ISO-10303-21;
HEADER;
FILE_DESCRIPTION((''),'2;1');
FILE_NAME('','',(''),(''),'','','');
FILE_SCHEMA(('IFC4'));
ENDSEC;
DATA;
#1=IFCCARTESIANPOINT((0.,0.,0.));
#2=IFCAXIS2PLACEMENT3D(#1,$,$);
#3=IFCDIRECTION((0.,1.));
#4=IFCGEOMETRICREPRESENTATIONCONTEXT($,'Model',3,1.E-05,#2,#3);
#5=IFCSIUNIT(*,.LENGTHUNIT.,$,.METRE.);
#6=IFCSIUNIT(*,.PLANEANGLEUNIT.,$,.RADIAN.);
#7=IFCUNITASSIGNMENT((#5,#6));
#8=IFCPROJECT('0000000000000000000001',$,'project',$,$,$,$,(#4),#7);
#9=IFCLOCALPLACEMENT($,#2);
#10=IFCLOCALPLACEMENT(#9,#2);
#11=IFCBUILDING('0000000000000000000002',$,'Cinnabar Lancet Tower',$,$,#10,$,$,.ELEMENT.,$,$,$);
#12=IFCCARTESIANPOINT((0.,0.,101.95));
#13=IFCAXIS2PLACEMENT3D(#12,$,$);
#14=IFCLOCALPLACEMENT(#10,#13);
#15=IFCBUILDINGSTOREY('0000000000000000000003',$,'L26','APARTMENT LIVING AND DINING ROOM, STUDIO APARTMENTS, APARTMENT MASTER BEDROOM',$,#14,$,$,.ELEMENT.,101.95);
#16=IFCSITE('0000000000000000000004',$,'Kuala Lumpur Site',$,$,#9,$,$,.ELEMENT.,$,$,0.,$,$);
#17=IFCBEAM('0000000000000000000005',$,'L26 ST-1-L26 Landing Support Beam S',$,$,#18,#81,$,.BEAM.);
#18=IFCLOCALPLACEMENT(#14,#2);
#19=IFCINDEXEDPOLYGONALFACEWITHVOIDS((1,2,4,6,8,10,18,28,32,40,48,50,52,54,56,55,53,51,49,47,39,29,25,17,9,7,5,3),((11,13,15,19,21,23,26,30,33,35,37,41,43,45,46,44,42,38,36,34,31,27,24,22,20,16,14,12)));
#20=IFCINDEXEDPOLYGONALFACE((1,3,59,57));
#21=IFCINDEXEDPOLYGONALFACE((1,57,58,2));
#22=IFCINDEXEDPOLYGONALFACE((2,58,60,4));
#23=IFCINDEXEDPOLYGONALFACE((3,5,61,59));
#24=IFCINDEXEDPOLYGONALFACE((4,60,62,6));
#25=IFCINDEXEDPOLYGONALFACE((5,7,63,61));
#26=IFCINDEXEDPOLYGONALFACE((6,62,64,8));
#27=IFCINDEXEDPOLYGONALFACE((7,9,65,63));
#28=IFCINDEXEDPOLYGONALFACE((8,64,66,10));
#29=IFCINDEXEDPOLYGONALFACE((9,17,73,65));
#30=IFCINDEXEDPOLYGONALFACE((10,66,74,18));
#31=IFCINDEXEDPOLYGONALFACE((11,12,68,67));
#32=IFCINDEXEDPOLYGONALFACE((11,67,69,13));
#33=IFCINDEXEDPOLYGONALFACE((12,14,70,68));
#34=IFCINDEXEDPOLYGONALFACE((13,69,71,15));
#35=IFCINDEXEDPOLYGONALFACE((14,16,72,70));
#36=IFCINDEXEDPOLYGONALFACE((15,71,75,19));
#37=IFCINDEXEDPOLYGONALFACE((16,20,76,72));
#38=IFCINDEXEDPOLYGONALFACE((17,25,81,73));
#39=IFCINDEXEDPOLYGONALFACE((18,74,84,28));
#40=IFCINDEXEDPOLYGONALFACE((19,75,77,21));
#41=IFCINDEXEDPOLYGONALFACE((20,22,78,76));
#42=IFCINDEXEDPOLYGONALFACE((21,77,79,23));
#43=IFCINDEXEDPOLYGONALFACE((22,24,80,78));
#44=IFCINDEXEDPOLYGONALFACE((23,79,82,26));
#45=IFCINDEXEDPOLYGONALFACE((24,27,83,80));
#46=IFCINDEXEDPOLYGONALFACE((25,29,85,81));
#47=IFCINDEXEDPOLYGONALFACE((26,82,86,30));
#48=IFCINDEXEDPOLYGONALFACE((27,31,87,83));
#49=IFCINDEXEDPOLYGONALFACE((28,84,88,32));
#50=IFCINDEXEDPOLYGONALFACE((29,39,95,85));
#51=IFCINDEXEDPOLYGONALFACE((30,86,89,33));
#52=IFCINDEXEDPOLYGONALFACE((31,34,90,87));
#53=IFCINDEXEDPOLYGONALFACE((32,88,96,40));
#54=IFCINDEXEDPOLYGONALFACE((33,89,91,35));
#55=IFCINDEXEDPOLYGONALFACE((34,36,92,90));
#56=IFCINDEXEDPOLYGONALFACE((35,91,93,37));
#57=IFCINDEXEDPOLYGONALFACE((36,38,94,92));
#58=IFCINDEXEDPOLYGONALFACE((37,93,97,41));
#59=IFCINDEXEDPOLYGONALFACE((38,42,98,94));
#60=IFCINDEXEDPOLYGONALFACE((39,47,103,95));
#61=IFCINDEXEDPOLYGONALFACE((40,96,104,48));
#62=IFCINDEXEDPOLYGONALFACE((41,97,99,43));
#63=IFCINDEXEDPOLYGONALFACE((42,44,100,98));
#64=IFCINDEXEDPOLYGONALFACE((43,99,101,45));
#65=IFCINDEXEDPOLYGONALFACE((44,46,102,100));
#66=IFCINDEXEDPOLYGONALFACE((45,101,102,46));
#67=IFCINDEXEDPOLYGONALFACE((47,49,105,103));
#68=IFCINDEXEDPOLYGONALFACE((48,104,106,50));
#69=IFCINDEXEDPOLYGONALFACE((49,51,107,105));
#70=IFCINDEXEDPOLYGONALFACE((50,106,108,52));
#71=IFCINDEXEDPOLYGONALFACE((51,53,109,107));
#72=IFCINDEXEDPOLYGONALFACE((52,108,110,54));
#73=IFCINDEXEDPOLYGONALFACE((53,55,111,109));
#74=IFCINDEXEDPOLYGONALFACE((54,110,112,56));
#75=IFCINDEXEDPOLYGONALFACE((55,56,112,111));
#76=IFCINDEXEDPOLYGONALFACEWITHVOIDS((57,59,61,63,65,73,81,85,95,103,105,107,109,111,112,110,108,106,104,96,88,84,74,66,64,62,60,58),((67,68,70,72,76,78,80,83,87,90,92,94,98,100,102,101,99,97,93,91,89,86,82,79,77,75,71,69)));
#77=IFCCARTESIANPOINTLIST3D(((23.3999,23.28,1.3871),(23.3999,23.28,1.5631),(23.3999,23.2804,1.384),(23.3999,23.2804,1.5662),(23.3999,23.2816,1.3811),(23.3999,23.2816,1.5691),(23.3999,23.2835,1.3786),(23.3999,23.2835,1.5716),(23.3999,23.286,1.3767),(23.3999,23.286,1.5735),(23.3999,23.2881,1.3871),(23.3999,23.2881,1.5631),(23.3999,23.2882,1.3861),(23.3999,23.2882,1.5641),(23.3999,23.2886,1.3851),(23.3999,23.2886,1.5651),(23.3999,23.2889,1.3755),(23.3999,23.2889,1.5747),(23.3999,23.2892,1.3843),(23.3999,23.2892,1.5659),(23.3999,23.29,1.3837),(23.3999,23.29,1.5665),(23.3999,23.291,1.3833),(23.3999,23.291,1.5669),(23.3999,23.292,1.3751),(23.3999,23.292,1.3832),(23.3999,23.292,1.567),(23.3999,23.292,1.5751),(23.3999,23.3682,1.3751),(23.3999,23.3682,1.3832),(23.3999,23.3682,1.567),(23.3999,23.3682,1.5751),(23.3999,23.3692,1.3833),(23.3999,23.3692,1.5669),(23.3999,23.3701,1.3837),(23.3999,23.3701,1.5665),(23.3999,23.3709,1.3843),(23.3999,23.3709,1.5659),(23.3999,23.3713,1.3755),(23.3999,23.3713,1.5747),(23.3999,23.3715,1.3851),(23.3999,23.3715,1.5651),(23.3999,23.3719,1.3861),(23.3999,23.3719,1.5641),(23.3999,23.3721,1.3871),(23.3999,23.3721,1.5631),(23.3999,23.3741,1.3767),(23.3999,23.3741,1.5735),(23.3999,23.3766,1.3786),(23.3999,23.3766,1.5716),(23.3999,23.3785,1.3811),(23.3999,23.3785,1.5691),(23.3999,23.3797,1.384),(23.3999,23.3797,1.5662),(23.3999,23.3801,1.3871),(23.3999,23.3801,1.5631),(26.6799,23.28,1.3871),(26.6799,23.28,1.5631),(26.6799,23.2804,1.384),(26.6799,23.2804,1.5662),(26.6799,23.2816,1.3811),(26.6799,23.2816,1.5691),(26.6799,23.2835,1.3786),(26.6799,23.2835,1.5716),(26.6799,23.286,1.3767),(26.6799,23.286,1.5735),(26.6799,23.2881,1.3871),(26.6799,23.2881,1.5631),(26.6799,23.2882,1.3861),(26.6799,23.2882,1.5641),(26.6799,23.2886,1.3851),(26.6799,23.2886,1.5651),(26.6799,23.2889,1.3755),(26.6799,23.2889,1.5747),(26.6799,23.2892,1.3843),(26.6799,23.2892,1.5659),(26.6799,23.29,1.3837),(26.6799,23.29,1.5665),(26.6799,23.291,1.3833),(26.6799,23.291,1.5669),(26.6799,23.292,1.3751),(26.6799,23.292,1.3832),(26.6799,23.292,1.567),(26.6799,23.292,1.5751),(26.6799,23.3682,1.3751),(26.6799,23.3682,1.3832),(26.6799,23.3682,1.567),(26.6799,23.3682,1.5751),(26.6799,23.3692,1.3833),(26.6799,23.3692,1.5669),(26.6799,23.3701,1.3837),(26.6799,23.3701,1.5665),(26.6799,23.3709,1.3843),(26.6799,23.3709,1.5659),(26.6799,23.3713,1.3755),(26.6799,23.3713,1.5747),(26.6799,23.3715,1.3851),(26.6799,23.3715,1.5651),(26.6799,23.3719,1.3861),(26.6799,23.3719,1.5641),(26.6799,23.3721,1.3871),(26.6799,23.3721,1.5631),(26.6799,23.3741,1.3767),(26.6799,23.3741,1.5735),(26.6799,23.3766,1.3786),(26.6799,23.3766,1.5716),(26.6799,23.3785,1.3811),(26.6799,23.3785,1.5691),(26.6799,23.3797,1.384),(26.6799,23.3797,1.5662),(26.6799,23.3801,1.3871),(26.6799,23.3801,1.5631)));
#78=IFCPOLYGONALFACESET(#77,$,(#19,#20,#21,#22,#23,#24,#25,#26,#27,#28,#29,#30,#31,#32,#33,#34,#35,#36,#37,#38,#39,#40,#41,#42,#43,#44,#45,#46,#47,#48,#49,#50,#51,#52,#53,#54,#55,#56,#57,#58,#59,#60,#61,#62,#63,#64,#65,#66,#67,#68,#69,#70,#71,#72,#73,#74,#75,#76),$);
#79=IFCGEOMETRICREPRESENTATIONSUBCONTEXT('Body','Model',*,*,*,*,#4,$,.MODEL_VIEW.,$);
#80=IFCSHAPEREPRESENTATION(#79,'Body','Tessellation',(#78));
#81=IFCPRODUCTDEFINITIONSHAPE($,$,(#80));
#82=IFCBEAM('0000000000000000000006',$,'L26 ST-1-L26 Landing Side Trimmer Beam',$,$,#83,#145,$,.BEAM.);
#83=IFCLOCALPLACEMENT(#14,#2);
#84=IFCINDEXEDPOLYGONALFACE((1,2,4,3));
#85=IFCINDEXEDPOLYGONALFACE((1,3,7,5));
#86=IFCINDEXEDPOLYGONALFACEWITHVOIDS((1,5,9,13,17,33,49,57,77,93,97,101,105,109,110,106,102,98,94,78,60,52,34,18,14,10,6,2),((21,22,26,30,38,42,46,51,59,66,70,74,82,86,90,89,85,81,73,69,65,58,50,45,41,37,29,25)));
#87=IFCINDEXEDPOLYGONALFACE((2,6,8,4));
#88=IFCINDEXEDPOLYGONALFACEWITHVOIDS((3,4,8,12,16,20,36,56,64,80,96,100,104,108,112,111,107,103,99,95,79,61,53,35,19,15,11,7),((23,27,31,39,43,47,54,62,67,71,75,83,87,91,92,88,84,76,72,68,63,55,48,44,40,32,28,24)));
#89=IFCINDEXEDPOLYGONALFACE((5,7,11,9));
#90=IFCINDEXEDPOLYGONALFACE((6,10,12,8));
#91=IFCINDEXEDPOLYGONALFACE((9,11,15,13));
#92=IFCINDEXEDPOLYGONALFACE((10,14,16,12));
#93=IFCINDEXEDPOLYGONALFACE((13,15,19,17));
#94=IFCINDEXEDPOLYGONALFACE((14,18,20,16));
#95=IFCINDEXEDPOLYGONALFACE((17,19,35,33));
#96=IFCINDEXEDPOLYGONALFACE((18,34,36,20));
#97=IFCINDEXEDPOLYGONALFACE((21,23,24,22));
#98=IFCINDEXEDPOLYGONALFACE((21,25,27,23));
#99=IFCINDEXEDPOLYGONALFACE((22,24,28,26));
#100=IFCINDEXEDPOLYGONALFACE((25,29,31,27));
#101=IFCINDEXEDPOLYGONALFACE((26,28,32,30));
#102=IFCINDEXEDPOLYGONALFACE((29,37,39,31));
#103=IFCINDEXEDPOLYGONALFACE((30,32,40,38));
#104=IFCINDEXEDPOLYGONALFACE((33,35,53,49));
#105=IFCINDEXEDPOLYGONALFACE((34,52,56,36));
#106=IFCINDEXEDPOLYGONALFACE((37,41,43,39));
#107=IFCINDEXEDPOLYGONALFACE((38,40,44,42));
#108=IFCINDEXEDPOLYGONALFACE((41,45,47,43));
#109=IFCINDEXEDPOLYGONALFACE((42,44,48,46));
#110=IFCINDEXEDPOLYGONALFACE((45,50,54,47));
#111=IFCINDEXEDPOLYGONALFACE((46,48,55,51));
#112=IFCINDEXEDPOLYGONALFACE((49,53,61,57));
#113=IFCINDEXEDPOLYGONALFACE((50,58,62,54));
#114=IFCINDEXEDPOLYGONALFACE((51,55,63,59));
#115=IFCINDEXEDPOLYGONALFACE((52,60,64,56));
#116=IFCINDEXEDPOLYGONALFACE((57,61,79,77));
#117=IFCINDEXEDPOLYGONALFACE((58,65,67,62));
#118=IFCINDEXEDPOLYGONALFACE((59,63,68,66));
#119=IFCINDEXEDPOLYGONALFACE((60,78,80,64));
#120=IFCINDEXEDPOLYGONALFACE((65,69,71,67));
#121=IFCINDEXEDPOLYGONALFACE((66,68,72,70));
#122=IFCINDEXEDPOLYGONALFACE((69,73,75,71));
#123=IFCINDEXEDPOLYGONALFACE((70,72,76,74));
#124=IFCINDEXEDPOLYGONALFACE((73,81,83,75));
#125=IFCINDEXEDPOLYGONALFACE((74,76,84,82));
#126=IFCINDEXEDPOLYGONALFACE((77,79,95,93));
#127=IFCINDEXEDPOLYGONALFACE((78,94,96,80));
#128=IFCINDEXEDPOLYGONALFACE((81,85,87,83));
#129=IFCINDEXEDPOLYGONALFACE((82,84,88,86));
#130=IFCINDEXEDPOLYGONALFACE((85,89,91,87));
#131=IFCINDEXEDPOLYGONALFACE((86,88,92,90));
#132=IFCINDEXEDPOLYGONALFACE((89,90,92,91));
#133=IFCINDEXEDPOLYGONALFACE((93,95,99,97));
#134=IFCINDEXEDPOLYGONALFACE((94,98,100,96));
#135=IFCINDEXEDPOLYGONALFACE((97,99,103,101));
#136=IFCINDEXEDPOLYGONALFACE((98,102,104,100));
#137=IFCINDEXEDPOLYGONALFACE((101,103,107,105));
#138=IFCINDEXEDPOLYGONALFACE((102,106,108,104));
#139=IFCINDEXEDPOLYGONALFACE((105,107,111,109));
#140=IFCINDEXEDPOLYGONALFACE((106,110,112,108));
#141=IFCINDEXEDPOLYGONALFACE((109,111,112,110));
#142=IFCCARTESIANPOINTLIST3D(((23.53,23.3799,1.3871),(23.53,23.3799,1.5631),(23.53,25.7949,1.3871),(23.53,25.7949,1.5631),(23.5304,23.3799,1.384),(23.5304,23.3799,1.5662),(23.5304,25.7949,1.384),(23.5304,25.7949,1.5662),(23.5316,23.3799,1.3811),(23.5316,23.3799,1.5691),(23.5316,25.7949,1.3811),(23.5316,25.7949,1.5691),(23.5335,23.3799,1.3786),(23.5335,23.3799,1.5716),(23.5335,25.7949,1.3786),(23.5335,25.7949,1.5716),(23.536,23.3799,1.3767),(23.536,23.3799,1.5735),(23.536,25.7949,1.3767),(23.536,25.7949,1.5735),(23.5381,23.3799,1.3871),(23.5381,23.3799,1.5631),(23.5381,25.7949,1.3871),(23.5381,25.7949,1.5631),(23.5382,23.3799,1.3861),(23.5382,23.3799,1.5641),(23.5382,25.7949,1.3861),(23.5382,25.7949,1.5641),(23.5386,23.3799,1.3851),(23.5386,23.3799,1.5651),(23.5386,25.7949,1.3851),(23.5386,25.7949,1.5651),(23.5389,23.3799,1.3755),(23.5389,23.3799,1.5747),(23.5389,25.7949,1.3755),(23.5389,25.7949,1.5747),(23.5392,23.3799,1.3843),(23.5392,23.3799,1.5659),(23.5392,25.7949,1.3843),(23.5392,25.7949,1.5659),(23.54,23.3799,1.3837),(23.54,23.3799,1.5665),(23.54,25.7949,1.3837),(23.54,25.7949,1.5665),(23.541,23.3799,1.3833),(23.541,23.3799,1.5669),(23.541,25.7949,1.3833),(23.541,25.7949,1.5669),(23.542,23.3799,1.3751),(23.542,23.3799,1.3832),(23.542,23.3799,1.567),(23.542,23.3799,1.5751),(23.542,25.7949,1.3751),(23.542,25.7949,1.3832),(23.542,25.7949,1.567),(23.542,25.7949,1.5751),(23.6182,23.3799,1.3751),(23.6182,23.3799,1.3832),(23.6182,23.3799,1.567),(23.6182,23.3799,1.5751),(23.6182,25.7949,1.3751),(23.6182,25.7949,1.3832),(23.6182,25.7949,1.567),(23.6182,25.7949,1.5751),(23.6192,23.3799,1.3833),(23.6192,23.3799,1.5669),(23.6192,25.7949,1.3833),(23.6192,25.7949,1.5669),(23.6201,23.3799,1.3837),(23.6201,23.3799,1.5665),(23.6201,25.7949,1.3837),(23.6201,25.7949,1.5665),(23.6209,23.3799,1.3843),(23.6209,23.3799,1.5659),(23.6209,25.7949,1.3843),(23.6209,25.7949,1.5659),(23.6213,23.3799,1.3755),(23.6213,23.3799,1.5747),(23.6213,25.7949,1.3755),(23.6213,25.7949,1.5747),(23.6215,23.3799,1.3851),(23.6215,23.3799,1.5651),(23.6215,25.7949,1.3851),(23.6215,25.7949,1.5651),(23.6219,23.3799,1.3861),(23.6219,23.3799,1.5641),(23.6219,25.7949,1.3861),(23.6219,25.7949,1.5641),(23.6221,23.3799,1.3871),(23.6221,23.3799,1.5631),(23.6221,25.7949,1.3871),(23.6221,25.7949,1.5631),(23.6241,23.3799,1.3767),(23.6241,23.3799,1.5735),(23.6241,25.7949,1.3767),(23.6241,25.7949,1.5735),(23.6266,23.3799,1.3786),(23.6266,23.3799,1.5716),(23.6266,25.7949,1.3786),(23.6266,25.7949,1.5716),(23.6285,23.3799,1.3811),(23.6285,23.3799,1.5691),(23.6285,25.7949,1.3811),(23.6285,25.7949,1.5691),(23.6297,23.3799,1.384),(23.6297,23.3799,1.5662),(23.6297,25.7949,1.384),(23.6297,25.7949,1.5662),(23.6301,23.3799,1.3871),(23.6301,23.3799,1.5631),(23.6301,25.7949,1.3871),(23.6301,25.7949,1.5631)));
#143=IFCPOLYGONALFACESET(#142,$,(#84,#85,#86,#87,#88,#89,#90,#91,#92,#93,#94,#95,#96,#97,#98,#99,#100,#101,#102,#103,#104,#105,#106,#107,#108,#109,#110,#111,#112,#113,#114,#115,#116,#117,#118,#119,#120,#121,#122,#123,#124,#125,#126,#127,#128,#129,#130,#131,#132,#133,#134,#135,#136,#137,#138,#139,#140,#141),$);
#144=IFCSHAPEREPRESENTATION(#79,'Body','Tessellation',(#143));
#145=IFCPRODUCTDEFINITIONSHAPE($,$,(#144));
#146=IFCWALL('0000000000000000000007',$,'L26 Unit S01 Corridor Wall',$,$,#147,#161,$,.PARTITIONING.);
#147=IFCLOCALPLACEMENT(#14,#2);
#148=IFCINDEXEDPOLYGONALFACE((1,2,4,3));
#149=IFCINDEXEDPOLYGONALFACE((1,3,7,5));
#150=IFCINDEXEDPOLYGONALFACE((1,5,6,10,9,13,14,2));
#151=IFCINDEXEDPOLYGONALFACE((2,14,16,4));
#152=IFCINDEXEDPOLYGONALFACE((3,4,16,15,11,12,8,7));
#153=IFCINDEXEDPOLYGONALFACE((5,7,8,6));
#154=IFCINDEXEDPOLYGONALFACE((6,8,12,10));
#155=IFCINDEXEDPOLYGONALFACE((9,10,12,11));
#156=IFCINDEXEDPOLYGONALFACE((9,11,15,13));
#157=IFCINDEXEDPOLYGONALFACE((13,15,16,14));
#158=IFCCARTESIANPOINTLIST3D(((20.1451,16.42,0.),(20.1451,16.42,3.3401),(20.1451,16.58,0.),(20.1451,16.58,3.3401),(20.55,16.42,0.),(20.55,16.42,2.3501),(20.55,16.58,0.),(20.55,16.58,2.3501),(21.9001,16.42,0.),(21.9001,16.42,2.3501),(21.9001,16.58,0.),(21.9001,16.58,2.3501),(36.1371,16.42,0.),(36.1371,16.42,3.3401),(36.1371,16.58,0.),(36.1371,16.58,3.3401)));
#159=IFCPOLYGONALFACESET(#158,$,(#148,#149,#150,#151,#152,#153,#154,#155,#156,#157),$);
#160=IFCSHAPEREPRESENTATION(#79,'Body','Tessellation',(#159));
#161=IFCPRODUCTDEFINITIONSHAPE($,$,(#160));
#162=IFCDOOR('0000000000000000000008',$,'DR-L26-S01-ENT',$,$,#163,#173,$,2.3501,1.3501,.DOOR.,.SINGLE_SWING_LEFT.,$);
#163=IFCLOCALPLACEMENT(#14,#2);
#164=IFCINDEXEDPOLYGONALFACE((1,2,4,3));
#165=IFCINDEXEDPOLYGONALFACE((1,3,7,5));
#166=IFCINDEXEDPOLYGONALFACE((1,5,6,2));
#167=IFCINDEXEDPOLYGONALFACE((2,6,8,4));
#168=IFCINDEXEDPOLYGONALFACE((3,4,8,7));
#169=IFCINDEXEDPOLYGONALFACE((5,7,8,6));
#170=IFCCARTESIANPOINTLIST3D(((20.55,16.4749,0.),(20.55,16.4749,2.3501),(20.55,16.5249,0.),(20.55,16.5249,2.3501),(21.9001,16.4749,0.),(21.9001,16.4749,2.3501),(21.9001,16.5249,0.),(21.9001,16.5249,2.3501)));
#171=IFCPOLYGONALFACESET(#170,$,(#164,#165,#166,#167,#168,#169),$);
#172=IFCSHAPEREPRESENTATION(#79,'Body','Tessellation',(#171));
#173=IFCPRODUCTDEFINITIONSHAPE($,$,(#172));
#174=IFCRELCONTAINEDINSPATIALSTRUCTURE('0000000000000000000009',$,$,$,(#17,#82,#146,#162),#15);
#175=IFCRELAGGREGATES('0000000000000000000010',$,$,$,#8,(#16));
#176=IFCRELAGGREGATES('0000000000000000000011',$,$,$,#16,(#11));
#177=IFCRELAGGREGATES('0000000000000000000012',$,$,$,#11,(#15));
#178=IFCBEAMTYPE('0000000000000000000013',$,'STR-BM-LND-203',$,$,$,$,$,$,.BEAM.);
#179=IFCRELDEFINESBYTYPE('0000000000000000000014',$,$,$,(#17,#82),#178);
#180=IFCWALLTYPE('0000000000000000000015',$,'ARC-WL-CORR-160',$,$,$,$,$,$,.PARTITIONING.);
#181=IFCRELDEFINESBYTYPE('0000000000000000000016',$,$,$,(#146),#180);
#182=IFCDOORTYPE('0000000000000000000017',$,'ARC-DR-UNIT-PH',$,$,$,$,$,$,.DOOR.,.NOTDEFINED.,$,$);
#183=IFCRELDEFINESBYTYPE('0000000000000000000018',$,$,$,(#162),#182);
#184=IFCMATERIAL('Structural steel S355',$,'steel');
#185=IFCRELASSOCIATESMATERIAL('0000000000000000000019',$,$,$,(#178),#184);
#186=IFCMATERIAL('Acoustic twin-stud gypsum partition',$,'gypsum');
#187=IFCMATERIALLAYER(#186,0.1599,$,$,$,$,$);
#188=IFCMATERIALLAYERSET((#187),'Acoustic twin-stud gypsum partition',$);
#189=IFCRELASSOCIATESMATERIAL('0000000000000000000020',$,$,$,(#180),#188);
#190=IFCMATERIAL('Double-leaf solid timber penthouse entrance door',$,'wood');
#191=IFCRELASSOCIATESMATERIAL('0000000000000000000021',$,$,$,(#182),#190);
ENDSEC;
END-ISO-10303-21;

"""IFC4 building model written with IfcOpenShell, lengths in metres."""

from ifc_helpers import new_model, si_unit, direction, frame, frame_2d, origin, origin_2d, place, context, subcontext, project, spatial, rectangle, hollow_rectangle, extrude, material, layer, layer_set, material_profile, profile_set, type_object, element, fill, save


model = new_model("IFC4")

# Units and contexts
model_context = context("Model", 3, precision=1e-05, world=origin(), true_north=direction((0.0, 1.0)))
body_context = subcontext(model_context, "Body", "Model", "MODEL_VIEW")
ifc_project = project(units=[si_unit("LENGTHUNIT", "METRE"), si_unit("PLANEANGLEUNIT", "RADIAN")], contexts=[model_context])

# Site, building, storey
site_placement = place(None, origin())
site = spatial("IfcSite", under=ifc_project, at=site_placement, Name="Kuala Lumpur Site", CompositionType="ELEMENT", RefElevation=0.0)
building_placement = place(site_placement, origin())
building = spatial("IfcBuilding", under=site, at=building_placement, Name="Cinnabar Lancet Tower", CompositionType="ELEMENT")
storey_placement = place(building_placement, frame((0.0, 0.0, 101.95)))
storey = spatial("IfcBuildingStorey", under=building, at=storey_placement, Name="L26", Description="APARTMENT LIVING AND DINING ROOM, STUDIO APARTMENTS, APARTMENT MASTER BEDROOM", CompositionType="ELEMENT", Elevation=101.95)

# Beams
ifc_material_1 = material(Name="Structural steel S355", Category="steel")
ifc_material_profile_1 = material_profile(ifc_material_1, hollow_rectangle(XDim=0.1001, YDim=0.2, WallThickness=0.0081, InnerFilletRadius=0.0039, OuterFilletRadius=0.012, at=origin_2d()), Name="RHS 200x100x8")
ifc_profile_set_1 = profile_set([ifc_material_profile_1], Name="Structural steel S355")
beam_type_1 = type_object("IfcBeamType", Name="STR-BM-LND-203", PredefinedType="BEAM", material=ifc_profile_set_1)
beam_1_placement = place(storey_placement, frame((23.3999, 23.3301, 1.4751), z_axis=(1.0, 0.0, 0.0), x_axis=(0.0, 1.0, 0.0)))
element("IfcBeam", 1, at=beam_1_placement, inside=storey, type_object=beam_type_1, Name="L26 ST-1-L26 Landing Support Beam S", PredefinedType="BEAM", context=body_context, shape_type="SweptSolid", body=[
    extrude(hollow_rectangle(XDim=0.1001, YDim=0.2, WallThickness=0.0081, InnerFilletRadius=0.0039, OuterFilletRadius=0.012, at=origin_2d()), origin(), (0.0, 0.0, 1.0), 3.28),
])
beam_2_placement = place(storey_placement, frame((23.5801, 23.3799, 1.4751), z_axis=(0.0, 1.0, 0.0), x_axis=(-1.0, 0.0, 0.0)))
element("IfcBeam", 2, at=beam_2_placement, inside=storey, type_object=beam_type_1, Name="L26 ST-1-L26 Landing Side Trimmer Beam", PredefinedType="BEAM", context=body_context, shape_type="SweptSolid", body=[
    extrude(hollow_rectangle(XDim=0.1001, YDim=0.2, WallThickness=0.0081, InnerFilletRadius=0.0039, OuterFilletRadius=0.012, at=origin_2d()), origin(), (0.0, 0.0, 1.0), 2.415),
])

# Wall, opening, door
ifc_material_2 = material(Name="Acoustic twin-stud gypsum partition", Category="gypsum")
ifc_layer_1 = layer(ifc_material_2, 0.1599)
ifc_layer_set_1 = layer_set([ifc_layer_1], Name="Acoustic twin-stud gypsum partition")
wall_type_1 = type_object("IfcWallType", Name="ARC-WL-CORR-160", PredefinedType="PARTITIONING", material=ifc_layer_set_1)
wall_1_placement = place(storey_placement, frame((20.145, 16.5, 0.0), z_axis=(0.0, 0.0, 1.0), x_axis=(1.0, 0.0, 0.0)))
wall_1 = element("IfcWall", 3, at=wall_1_placement, inside=storey, type_object=wall_type_1, Name="L26 Unit S01 Corridor Wall", PredefinedType="PARTITIONING", context=body_context, shape_type="SweptSolid", body=[
    extrude(rectangle(XDim=15.9919, YDim=0.1599, at=frame_2d((7.9961, 0.0))), origin(), (0.0, 0.0, 1.0), 3.3401),
])
opening_1_placement = place(wall_1_placement, frame((0.405, 0.0, 0.0)))
opening_1 = element("IfcOpeningElement", 4, at=opening_1_placement, cuts=wall_1, PredefinedType="OPENING", context=body_context, shape_type="SweptSolid", body=[
    extrude(rectangle(XDim=1.3501, YDim=2.3501, at=frame_2d((0.675, 1.175))), frame((0.0, 0.0898, 0.0), z_axis=(0.0, -1.0, 0.0), x_axis=(1.0, 0.0, 0.0)), (0.0, 0.0, 1.0), 0.1799),
])
ifc_material_3 = material(Name="Double-leaf solid timber penthouse entrance door", Category="wood")
door_type_1 = type_object("IfcDoorType", Name="ARC-DR-UNIT-PH", OperationType="NOTDEFINED", PredefinedType="DOOR", material=ifc_material_3)
door_1_placement = place(opening_1_placement, origin())
door_1 = element("IfcDoor", 5, at=door_1_placement, inside=storey, type_object=door_type_1, Name="DR-L26-S01-ENT", OperationType="SINGLE_SWING_LEFT", OverallHeight=2.3501, OverallWidth=1.3501, PredefinedType="DOOR", context=body_context, shape_type="SweptSolid", body=[
    extrude(rectangle(XDim=1.3501, YDim=2.3501, at=frame_2d((0.675, 1.175))), frame((0.0, 0.0249, 0.0), z_axis=(0.0, -1.0, 0.0), x_axis=(1.0, 0.0, 0.0)), (0.0, 0.0, 1.0), 0.05),
])
fill(opening_1, door_1)

save(model, "model.ifc")
